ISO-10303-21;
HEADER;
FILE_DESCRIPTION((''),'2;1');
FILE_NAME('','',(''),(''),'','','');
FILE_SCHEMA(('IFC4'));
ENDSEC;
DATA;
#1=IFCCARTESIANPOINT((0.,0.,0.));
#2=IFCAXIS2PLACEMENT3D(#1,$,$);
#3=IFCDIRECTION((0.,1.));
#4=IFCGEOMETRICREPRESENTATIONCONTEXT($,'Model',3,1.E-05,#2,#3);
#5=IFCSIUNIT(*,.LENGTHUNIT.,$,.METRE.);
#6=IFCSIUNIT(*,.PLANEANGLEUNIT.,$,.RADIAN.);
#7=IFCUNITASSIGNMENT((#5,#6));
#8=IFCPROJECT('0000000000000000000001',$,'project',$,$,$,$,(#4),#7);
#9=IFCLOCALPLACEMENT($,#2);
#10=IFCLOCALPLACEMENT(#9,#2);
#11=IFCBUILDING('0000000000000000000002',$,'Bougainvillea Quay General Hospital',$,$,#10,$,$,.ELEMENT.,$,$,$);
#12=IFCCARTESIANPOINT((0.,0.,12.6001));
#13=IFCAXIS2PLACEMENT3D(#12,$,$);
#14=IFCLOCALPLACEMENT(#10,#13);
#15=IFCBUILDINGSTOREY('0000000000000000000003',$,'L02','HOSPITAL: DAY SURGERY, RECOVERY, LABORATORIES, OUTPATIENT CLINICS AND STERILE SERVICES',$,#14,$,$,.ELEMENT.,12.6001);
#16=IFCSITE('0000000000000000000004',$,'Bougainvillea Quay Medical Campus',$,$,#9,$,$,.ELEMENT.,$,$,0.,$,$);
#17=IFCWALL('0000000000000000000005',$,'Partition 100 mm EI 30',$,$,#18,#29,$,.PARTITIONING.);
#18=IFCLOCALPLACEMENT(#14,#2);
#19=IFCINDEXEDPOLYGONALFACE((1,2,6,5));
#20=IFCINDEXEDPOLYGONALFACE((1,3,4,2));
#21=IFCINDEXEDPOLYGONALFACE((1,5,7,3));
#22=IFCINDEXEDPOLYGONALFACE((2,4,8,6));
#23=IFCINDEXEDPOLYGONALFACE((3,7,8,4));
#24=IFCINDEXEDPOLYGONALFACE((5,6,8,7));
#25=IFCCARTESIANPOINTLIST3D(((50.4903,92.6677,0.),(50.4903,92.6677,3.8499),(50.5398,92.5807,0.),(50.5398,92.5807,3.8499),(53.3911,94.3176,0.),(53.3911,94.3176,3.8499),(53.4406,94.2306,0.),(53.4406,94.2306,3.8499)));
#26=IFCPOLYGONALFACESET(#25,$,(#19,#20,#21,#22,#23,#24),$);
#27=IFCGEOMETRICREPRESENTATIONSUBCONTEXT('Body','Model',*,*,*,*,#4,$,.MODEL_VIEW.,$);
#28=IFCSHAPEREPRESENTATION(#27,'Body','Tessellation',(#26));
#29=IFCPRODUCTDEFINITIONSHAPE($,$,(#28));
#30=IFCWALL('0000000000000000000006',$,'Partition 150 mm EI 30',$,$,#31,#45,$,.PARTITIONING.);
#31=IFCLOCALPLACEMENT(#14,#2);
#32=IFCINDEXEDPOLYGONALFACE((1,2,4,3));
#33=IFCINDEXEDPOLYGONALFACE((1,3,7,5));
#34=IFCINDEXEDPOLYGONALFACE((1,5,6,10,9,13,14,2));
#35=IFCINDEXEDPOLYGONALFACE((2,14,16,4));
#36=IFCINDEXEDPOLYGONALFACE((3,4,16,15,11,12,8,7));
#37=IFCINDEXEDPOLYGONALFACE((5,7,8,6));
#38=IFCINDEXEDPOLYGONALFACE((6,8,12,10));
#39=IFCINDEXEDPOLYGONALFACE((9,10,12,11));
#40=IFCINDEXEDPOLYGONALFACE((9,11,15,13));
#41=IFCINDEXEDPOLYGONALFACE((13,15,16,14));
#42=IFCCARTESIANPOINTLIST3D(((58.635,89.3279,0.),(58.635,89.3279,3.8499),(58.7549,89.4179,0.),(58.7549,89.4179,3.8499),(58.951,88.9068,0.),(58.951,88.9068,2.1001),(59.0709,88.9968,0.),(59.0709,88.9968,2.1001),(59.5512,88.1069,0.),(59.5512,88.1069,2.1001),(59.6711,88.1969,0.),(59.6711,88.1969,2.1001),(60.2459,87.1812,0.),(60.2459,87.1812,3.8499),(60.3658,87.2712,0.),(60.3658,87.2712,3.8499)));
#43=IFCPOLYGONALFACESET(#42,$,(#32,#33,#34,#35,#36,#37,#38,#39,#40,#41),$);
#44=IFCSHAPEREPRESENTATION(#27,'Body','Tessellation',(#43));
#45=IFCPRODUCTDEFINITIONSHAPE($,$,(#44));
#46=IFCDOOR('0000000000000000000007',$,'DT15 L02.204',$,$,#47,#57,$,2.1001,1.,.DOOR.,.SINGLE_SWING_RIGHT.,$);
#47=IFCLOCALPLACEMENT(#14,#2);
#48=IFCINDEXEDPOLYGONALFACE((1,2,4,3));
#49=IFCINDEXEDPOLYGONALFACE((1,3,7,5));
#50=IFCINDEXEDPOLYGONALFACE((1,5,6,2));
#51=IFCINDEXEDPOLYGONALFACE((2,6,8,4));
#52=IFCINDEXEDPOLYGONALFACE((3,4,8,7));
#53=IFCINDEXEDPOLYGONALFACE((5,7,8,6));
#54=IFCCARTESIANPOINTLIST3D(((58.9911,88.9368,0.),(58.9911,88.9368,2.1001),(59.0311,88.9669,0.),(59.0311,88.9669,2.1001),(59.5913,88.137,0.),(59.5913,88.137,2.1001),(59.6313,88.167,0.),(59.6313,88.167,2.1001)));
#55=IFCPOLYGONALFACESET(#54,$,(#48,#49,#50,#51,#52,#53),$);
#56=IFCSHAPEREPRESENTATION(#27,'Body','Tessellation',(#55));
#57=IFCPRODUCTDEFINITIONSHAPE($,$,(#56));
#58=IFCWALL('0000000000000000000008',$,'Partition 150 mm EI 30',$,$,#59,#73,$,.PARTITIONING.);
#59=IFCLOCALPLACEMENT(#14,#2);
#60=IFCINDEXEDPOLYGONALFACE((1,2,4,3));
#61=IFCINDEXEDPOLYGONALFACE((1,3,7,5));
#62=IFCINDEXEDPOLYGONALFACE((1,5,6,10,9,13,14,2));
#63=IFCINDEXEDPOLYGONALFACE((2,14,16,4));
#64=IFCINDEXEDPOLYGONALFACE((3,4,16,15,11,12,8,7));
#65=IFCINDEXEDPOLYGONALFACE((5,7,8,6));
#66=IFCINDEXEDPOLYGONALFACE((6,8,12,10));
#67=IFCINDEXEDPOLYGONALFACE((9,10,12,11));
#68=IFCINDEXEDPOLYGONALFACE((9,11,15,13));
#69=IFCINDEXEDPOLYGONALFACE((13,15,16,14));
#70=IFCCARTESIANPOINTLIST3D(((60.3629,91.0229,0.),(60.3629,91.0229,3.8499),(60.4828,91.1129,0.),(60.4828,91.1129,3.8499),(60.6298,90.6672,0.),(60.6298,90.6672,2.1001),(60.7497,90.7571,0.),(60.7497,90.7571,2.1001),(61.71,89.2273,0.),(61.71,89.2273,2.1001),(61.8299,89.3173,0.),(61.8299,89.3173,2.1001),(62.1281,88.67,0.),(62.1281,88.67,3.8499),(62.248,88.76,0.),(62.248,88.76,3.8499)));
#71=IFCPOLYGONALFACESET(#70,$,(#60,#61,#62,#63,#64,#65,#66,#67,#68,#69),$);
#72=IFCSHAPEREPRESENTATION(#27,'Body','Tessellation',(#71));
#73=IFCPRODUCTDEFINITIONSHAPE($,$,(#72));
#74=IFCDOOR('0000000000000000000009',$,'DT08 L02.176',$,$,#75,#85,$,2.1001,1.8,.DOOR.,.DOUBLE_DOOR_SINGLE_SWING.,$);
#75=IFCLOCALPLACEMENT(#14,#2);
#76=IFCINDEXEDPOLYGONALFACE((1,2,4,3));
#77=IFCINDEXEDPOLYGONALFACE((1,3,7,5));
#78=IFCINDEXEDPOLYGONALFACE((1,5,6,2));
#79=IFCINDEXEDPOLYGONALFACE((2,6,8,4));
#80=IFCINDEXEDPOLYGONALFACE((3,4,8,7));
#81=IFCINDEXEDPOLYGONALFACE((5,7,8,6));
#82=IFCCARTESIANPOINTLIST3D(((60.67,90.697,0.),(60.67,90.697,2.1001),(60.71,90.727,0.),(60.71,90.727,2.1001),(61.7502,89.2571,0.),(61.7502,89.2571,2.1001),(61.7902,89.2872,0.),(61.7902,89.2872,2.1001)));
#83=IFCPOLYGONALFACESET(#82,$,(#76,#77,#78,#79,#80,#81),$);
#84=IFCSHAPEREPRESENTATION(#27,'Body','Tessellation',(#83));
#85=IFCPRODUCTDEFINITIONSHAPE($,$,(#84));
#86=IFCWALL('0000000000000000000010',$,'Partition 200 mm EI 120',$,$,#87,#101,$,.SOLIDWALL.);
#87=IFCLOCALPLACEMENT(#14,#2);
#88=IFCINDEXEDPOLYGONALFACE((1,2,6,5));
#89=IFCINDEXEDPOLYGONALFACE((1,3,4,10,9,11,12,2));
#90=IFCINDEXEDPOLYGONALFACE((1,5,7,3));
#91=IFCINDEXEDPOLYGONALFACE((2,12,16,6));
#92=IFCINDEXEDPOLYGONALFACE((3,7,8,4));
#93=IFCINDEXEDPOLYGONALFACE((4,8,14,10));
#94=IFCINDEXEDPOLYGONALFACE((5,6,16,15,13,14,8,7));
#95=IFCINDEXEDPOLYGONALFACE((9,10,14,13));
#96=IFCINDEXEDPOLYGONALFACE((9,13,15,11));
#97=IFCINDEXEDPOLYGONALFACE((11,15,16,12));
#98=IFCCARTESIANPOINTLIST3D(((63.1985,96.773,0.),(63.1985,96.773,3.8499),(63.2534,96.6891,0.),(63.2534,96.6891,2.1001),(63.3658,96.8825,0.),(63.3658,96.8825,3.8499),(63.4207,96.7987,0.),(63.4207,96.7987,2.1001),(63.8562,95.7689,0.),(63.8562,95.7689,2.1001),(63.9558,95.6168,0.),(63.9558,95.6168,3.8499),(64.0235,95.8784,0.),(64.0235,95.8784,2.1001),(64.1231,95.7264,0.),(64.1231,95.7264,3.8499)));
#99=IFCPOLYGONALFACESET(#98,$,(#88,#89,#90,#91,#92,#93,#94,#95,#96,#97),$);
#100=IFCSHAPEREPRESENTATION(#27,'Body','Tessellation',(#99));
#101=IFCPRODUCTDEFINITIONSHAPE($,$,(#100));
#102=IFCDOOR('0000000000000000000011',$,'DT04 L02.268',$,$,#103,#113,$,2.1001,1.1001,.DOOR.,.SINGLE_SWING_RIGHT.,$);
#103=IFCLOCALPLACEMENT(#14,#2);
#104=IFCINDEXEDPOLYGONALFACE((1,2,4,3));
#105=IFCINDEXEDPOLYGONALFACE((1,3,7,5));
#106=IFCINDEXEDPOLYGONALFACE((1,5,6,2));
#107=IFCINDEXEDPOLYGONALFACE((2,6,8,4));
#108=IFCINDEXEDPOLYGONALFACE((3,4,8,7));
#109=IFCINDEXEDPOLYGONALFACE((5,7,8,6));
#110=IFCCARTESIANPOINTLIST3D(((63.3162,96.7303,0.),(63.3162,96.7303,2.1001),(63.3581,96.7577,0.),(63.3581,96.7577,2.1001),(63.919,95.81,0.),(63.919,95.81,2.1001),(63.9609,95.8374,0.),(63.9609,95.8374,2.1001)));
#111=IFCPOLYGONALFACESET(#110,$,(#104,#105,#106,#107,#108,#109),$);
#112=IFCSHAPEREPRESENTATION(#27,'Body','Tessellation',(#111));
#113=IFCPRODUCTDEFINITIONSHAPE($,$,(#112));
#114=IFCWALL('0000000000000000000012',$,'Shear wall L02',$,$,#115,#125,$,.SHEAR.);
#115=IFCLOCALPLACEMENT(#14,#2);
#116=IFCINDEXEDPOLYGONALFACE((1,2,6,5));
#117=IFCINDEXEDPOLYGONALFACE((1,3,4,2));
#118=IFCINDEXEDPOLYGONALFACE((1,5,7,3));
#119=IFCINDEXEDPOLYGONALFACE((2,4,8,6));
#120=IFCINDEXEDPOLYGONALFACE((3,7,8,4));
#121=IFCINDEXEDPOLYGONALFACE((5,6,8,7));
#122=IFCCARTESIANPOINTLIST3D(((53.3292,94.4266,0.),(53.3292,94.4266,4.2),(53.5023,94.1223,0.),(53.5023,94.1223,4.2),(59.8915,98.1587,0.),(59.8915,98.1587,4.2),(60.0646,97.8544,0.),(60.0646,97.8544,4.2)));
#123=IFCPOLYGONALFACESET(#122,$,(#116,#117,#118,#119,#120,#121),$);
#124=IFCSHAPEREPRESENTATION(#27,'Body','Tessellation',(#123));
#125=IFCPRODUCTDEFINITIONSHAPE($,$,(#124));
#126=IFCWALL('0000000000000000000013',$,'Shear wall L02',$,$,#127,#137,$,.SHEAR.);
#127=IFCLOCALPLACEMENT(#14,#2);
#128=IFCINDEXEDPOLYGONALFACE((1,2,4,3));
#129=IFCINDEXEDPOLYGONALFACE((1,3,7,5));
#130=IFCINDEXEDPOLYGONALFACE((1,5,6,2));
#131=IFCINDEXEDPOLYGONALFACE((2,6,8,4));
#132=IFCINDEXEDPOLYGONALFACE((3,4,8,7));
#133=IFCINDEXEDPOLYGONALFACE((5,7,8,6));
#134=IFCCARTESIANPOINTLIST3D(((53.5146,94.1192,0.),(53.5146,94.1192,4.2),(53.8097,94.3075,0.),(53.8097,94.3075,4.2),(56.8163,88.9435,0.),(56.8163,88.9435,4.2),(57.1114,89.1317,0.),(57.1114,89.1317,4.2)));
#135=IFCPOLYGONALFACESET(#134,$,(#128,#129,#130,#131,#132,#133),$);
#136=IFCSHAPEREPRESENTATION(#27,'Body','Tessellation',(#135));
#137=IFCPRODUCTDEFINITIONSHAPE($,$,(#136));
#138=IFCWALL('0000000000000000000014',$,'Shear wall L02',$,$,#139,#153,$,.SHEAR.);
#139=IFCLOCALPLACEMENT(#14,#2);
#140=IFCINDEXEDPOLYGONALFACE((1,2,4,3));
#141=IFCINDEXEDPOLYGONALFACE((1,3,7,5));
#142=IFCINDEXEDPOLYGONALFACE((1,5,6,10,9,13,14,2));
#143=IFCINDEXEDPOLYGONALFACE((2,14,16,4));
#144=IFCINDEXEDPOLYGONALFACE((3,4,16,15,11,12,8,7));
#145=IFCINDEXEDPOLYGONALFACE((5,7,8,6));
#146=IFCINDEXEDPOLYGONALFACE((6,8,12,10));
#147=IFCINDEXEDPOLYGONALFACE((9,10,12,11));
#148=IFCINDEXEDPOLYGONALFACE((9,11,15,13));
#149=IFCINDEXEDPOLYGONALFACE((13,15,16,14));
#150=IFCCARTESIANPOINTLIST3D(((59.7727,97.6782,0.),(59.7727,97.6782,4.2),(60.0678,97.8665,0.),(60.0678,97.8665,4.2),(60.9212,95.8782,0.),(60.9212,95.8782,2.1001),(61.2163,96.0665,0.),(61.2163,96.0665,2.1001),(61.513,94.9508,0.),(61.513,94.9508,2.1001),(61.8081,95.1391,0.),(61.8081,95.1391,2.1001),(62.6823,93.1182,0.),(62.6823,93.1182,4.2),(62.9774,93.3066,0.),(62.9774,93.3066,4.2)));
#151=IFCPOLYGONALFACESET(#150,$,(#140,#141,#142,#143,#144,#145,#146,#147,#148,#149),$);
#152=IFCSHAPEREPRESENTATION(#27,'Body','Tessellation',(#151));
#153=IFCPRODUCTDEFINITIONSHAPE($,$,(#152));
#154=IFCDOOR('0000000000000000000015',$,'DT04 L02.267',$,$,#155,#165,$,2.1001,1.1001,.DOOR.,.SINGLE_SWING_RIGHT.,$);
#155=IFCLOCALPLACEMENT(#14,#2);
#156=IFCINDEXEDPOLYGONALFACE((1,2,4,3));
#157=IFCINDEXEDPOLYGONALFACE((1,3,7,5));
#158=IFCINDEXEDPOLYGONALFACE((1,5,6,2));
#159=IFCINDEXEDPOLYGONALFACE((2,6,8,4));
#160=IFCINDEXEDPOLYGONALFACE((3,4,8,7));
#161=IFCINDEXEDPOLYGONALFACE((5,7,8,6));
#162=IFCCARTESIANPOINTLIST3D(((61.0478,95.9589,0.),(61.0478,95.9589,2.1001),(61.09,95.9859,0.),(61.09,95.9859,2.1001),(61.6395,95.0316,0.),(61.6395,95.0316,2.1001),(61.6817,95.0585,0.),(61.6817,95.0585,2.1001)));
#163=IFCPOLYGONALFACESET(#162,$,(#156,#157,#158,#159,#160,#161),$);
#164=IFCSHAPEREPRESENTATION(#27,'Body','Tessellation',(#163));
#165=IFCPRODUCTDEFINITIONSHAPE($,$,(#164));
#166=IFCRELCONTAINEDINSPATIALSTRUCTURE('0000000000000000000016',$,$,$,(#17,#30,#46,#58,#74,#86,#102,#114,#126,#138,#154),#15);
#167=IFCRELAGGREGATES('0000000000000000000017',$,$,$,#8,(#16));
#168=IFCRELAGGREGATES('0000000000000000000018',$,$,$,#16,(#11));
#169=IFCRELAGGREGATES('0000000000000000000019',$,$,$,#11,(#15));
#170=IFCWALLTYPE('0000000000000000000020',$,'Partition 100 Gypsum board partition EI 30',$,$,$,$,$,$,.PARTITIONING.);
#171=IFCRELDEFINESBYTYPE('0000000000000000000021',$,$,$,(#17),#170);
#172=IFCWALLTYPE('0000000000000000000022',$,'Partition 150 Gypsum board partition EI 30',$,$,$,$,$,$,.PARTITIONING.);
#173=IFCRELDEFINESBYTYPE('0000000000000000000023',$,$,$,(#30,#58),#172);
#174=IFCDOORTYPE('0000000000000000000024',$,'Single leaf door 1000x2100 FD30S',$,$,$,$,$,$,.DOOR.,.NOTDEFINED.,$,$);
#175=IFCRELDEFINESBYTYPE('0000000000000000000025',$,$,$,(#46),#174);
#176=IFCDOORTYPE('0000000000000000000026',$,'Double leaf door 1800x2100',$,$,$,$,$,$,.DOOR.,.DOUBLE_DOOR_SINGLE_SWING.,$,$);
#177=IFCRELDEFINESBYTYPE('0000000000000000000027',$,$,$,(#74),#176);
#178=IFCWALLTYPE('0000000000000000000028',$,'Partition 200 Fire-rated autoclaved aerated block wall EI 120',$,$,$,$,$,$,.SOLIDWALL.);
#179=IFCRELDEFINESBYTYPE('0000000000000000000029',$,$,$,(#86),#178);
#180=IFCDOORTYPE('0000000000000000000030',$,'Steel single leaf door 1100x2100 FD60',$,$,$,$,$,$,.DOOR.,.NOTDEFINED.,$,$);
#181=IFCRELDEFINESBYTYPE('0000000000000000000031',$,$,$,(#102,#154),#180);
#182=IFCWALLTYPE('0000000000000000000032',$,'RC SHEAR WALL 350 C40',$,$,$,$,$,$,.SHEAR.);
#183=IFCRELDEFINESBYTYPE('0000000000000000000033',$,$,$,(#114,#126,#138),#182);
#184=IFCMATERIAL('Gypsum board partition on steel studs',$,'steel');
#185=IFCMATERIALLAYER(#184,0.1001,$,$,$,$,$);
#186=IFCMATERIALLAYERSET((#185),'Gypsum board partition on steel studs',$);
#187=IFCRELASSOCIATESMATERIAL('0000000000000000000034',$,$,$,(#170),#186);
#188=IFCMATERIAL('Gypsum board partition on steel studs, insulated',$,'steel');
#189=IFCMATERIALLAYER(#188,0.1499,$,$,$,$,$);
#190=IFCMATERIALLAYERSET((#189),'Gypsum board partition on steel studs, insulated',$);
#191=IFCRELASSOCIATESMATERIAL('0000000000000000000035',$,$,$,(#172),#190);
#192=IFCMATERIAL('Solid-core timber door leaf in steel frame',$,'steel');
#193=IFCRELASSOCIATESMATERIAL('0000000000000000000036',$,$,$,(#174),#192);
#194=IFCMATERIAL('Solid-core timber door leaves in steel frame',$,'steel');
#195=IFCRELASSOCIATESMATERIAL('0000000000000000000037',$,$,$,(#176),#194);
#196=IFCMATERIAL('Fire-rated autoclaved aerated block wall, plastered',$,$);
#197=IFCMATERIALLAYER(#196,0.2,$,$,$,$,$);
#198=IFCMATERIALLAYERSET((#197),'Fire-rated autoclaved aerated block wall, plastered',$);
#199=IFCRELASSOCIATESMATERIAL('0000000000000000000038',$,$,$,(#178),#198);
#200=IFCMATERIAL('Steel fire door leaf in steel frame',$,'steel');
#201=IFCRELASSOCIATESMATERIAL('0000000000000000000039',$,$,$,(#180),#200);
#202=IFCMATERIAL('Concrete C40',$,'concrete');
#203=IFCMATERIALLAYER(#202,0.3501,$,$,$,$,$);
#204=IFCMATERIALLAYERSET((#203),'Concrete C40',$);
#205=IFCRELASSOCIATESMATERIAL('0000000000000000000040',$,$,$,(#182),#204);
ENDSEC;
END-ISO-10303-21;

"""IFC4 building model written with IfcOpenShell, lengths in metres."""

from ifc_helpers import new_model, si_unit, direction, frame, frame_2d, origin, place, context, subcontext, project, spatial, rectangle, extrude, material, layer, layer_set, type_object, element, fill, save


model = new_model("IFC4")

# Units and contexts
model_context = context("Model", 3, precision=1e-05, world=origin(), true_north=direction((0.0, 1.0)))
body_context = subcontext(model_context, "Body", "Model", "MODEL_VIEW")
ifc_project = project(units=[si_unit("LENGTHUNIT", "METRE"), si_unit("PLANEANGLEUNIT", "RADIAN")], contexts=[model_context])

# Site, building, storey
site_placement = place(None, origin())
site = spatial("IfcSite", under=ifc_project, at=site_placement, Name="Bougainvillea Quay Medical Campus", CompositionType="ELEMENT", RefElevation=0.0)
building_placement = place(site_placement, origin())
building = spatial("IfcBuilding", under=site, at=building_placement, Name="Bougainvillea Quay General Hospital", CompositionType="ELEMENT")
storey_placement = place(building_placement, frame((0.0, 0.0, 12.6001)))
storey = spatial("IfcBuildingStorey", under=building, at=storey_placement, Name="L02", Description="HOSPITAL: DAY SURGERY, RECOVERY, LABORATORIES, OUTPATIENT CLINICS AND STERILE SERVICES", CompositionType="ELEMENT", Elevation=12.6001)

# Shared definitions
ifc_material_1 = material(Name="Concrete C40", Category="concrete")

# Wall
ifc_material_2 = material(Name="Gypsum board partition on steel studs", Category="steel")
ifc_layer_1 = layer(ifc_material_2, 0.1001)
ifc_layer_set_1 = layer_set([ifc_layer_1], Name="Gypsum board partition on steel studs")
wall_type_1 = type_object("IfcWallType", Name="Partition 100 Gypsum board partition EI 30", PredefinedType="PARTITIONING", material=ifc_layer_set_1)
wall_1_placement = place(storey_placement, frame((50.5151, 92.6243, 0.0), z_axis=(0.0, 0.0, 1.0), x_axis=(0.869241, 0.494389, 0.0)))
element("IfcWall", 1, at=wall_1_placement, inside=storey, type_object=wall_type_1, Name="Partition 100 mm EI 30", PredefinedType="PARTITIONING", context=body_context, shape_type="SweptSolid", body=[
    extrude(rectangle(XDim=3.3372, YDim=0.1001, at=frame_2d((1.6685, 0.0))), origin(), (0.0, 0.0, 1.0), 3.8499),
])

# Walls, openings, doors
ifc_material_3 = material(Name="Gypsum board partition on steel studs, insulated", Category="steel")
ifc_layer_2 = layer(ifc_material_3, 0.1499)
ifc_layer_set_2 = layer_set([ifc_layer_2], Name="Gypsum board partition on steel studs, insulated")
wall_type_2 = type_object("IfcWallType", Name="Partition 150 Gypsum board partition EI 30", PredefinedType="PARTITIONING", material=ifc_layer_set_2)
wall_2_placement = place(storey_placement, frame((58.6951, 89.3728, 0.0), z_axis=(0.0, 0.0, 1.0), x_axis=(0.600189, -0.799858, 0.0)))
wall_2 = element("IfcWall", 2, at=wall_2_placement, inside=storey, type_object=wall_type_2, Name="Partition 150 mm EI 30", PredefinedType="PARTITIONING", context=body_context, shape_type="SweptSolid", body=[
    extrude(rectangle(XDim=2.6838, YDim=0.1499, at=frame_2d((1.3418, 0.0))), origin(), (0.0, 0.0, 1.0), 3.8499),
])
opening_1_placement = place(wall_2_placement, frame((0.5264, 0.0, 0.0)))
opening_1 = element("IfcOpeningElement", 3, at=opening_1_placement, cuts=wall_2, PredefinedType="OPENING", context=body_context, shape_type="SweptSolid", body=[
    extrude(rectangle(XDim=1.0, YDim=2.1001, at=frame_2d((0.5, 1.05))), frame((0.0, 0.085, 0.0), z_axis=(0.0, -1.0, 0.0), x_axis=(1.0, 0.0, 0.0)), (0.0, 0.0, 1.0), 0.1699),
])
ifc_material_4 = material(Name="Solid-core timber door leaf in steel frame", Category="steel")
door_type_1 = type_object("IfcDoorType", Name="Single leaf door 1000x2100 FD30S", OperationType="NOTDEFINED", PredefinedType="DOOR", material=ifc_material_4)
door_1_placement = place(opening_1_placement, frame((1.0, 0.0, 0.0), z_axis=(0.0, 0.0, 1.0), x_axis=(-1.0, 0.0, 0.0)))
door_1 = element("IfcDoor", 4, at=door_1_placement, inside=storey, type_object=door_type_1, Name="DT15 L02.204", OperationType="SINGLE_SWING_RIGHT", OverallHeight=2.1001, OverallWidth=1.0, PredefinedType="DOOR", context=body_context, shape_type="SweptSolid", body=[
    extrude(rectangle(XDim=1.0, YDim=2.1001, at=frame_2d((0.5, 1.05))), frame((0.0, 0.0249, 0.0), z_axis=(0.0, -1.0, 0.0), x_axis=(1.0, 0.0, 0.0)), (0.0, 0.0, 1.0), 0.05),
])
fill(opening_1, door_1)
wall_3_placement = place(storey_placement, frame((60.4229, 91.0679, 0.0), z_axis=(0.0, 0.0, 1.0), x_axis=(0.60012, -0.79991, 0.0)))
wall_3 = element("IfcWall", 5, at=wall_3_placement, inside=storey, type_object=wall_type_2, Name="Partition 150 mm EI 30", PredefinedType="PARTITIONING", context=body_context, shape_type="SweptSolid", body=[
    extrude(rectangle(XDim=2.9414, YDim=0.1499, at=frame_2d((1.4707, 0.0))), origin(), (0.0, 0.0, 1.0), 3.8499),
])
opening_2_placement = place(wall_3_placement, frame((0.4448, 0.0, 0.0)))
opening_2 = element("IfcOpeningElement", 6, at=opening_2_placement, cuts=wall_3, PredefinedType="OPENING", context=body_context, shape_type="SweptSolid", body=[
    extrude(rectangle(XDim=1.8, YDim=2.1001, at=frame_2d((0.8999, 1.05))), frame((0.0, 0.085, 0.0), z_axis=(0.0, -1.0, 0.0), x_axis=(1.0, 0.0, 0.0)), (0.0, 0.0, 1.0), 0.1699),
])
ifc_material_5 = material(Name="Solid-core timber door leaves in steel frame", Category="steel")
door_type_2 = type_object("IfcDoorType", Name="Double leaf door 1800x2100", OperationType="DOUBLE_DOOR_SINGLE_SWING", PredefinedType="DOOR", material=ifc_material_5)
door_2_placement = place(opening_2_placement, frame((1.8, 0.0, 0.0), z_axis=(0.0, 0.0, 1.0), x_axis=(-1.0, 0.0, 0.0)))
door_2 = element("IfcDoor", 7, at=door_2_placement, inside=storey, type_object=door_type_2, Name="DT08 L02.176", OperationType="DOUBLE_DOOR_SINGLE_SWING", OverallHeight=2.1001, OverallWidth=1.8, PredefinedType="DOOR", context=body_context, shape_type="SweptSolid", body=[
    extrude(rectangle(XDim=1.8, YDim=2.1001, at=frame_2d((0.8999, 1.05))), frame((0.0, 0.0249, 0.0), z_axis=(0.0, -1.0, 0.0), x_axis=(1.0, 0.0, 0.0)), (0.0, 0.0, 1.0), 0.05),
])
fill(opening_2, door_2)
ifc_material_6 = material(Name="Fire-rated autoclaved aerated block wall, plastered")
ifc_layer_3 = layer(ifc_material_6, 0.2)
ifc_layer_set_3 = layer_set([ifc_layer_3], Name="Fire-rated autoclaved aerated block wall, plastered")
wall_type_3 = type_object("IfcWallType", Name="Partition 200 Fire-rated autoclaved aerated block wall EI 120", PredefinedType="SOLIDWALL", material=ifc_layer_set_3)
wall_4_placement = place(storey_placement, frame((63.2822, 96.8276, 0.0), z_axis=(0.0, 0.0, 1.0), x_axis=(0.547915, -0.836534, 0.0)))
wall_4 = element("IfcWall", 8, at=wall_4_placement, inside=storey, type_object=wall_type_3, Name="Partition 200 mm EI 120", PredefinedType="SOLIDWALL", context=body_context, shape_type="SweptSolid", body=[
    extrude(rectangle(XDim=1.3821, YDim=0.2, at=frame_2d((0.6909, 0.0))), origin(), (0.0, 0.0, 1.0), 3.8499),
])
opening_3_placement = place(wall_4_placement, frame((0.1001, 0.0, 0.0)))
opening_3 = element("IfcOpeningElement", 9, at=opening_3_placement, cuts=wall_4, PredefinedType="OPENING", context=body_context, shape_type="SweptSolid", body=[
    extrude(rectangle(XDim=1.1001, YDim=2.1001, at=frame_2d((0.55, 1.05))), frame((0.0, 0.1099, 0.0), z_axis=(0.0, -1.0, 0.0), x_axis=(1.0, 0.0, 0.0)), (0.0, 0.0, 1.0), 0.22),
])
ifc_material_7 = material(Name="Steel fire door leaf in steel frame", Category="steel")
door_type_3 = type_object("IfcDoorType", Name="Steel single leaf door 1100x2100 FD60", OperationType="NOTDEFINED", PredefinedType="DOOR", material=ifc_material_7)
door_3_placement = place(opening_3_placement, frame((1.1001, 0.0, 0.0), z_axis=(0.0, 0.0, 1.0), x_axis=(-1.0, 0.0, 0.0)))
door_3 = element("IfcDoor", 10, at=door_3_placement, inside=storey, type_object=door_type_3, Name="DT04 L02.268", OperationType="SINGLE_SWING_RIGHT", OverallHeight=2.1001, OverallWidth=1.1001, PredefinedType="DOOR", context=body_context, shape_type="SweptSolid", body=[
    extrude(rectangle(XDim=1.1001, YDim=2.1001, at=frame_2d((0.55, 1.05))), frame((0.0, 0.0249, 0.0), z_axis=(0.0, -1.0, 0.0), x_axis=(1.0, 0.0, 0.0)), (0.0, 0.0, 1.0), 0.05),
])
fill(opening_3, door_3)

# Walls
ifc_layer_4 = layer(ifc_material_1, 0.3501)
ifc_layer_set_4 = layer_set([ifc_layer_4], Name="Concrete C40")
wall_type_4 = type_object("IfcWallType", Name="RC SHEAR WALL 350 C40", PredefinedType="SHEAR", material=ifc_layer_set_4)
wall_5_placement = place(storey_placement, frame((53.4158, 94.2744, 0.0), z_axis=(0.0, 0.0, 1.0), x_axis=(0.86925, 0.494372, 0.0)))
element("IfcWall", 11, at=wall_5_placement, inside=storey, type_object=wall_type_4, Name="Shear wall L02", PredefinedType="SHEAR", context=body_context, shape_type="SweptSolid", body=[
    extrude(rectangle(XDim=7.5493, YDim=0.3501, at=frame_2d((3.7747, 0.0))), origin(), (0.0, 0.0, 1.0), 4.2),
])
wall_6_placement = place(storey_placement, frame((56.9639, 89.0376, 0.0), z_axis=(0.0, 0.0, 1.0), x_axis=(-0.537812, 0.843065, 0.0)))
element("IfcWall", 12, at=wall_6_placement, inside=storey, type_object=wall_type_4, Name="Shear wall L02", PredefinedType="SHEAR", context=body_context, shape_type="SweptSolid", body=[
    extrude(rectangle(XDim=6.1392, YDim=0.3501, at=frame_2d((3.0696, 0.0))), origin(), (0.0, 0.0, 1.0), 4.2),
])

# Wall, opening, door
wall_7_placement = place(storey_placement, frame((62.8298, 93.2124, 0.0), z_axis=(0.0, 0.0, 1.0), x_axis=(-0.537903, 0.843007, 0.0)))
wall_7 = element("IfcWall", 13, at=wall_7_placement, inside=storey, type_object=wall_type_4, Name="Shear wall L02", PredefinedType="SHEAR", context=body_context, shape_type="SweptSolid", body=[
    extrude(rectangle(XDim=5.4092, YDim=0.3501, at=frame_2d((2.7046, 0.0))), origin(), (0.0, 0.0, 1.0), 4.2),
])
opening_4_placement = place(wall_7_placement, frame((2.1738, 0.0, 0.0)))
opening_4 = element("IfcOpeningElement", 14, at=opening_4_placement, cuts=wall_7, PredefinedType="OPENING", context=body_context, shape_type="SweptSolid", body=[
    extrude(rectangle(XDim=1.1001, YDim=2.1001, at=frame_2d((0.55, 1.05))), frame((0.0, 0.1851, 0.0), z_axis=(0.0, -1.0, 0.0), x_axis=(1.0, 0.0, 0.0)), (0.0, 0.0, 1.0), 0.3701),
])
door_4_placement = place(opening_4_placement, origin())
door_4 = element("IfcDoor", 15, at=door_4_placement, inside=storey, type_object=door_type_3, Name="DT04 L02.267", OperationType="SINGLE_SWING_RIGHT", OverallHeight=2.1001, OverallWidth=1.1001, PredefinedType="DOOR", context=body_context, shape_type="SweptSolid", body=[
    extrude(rectangle(XDim=1.1001, YDim=2.1001, at=frame_2d((0.55, 1.05))), frame((0.0, 0.0249, 0.0), z_axis=(0.0, -1.0, 0.0), x_axis=(1.0, 0.0, 0.0)), (0.0, 0.0, 1.0), 0.05),
])
fill(opening_4, door_4)

save(model, "model.ifc")
